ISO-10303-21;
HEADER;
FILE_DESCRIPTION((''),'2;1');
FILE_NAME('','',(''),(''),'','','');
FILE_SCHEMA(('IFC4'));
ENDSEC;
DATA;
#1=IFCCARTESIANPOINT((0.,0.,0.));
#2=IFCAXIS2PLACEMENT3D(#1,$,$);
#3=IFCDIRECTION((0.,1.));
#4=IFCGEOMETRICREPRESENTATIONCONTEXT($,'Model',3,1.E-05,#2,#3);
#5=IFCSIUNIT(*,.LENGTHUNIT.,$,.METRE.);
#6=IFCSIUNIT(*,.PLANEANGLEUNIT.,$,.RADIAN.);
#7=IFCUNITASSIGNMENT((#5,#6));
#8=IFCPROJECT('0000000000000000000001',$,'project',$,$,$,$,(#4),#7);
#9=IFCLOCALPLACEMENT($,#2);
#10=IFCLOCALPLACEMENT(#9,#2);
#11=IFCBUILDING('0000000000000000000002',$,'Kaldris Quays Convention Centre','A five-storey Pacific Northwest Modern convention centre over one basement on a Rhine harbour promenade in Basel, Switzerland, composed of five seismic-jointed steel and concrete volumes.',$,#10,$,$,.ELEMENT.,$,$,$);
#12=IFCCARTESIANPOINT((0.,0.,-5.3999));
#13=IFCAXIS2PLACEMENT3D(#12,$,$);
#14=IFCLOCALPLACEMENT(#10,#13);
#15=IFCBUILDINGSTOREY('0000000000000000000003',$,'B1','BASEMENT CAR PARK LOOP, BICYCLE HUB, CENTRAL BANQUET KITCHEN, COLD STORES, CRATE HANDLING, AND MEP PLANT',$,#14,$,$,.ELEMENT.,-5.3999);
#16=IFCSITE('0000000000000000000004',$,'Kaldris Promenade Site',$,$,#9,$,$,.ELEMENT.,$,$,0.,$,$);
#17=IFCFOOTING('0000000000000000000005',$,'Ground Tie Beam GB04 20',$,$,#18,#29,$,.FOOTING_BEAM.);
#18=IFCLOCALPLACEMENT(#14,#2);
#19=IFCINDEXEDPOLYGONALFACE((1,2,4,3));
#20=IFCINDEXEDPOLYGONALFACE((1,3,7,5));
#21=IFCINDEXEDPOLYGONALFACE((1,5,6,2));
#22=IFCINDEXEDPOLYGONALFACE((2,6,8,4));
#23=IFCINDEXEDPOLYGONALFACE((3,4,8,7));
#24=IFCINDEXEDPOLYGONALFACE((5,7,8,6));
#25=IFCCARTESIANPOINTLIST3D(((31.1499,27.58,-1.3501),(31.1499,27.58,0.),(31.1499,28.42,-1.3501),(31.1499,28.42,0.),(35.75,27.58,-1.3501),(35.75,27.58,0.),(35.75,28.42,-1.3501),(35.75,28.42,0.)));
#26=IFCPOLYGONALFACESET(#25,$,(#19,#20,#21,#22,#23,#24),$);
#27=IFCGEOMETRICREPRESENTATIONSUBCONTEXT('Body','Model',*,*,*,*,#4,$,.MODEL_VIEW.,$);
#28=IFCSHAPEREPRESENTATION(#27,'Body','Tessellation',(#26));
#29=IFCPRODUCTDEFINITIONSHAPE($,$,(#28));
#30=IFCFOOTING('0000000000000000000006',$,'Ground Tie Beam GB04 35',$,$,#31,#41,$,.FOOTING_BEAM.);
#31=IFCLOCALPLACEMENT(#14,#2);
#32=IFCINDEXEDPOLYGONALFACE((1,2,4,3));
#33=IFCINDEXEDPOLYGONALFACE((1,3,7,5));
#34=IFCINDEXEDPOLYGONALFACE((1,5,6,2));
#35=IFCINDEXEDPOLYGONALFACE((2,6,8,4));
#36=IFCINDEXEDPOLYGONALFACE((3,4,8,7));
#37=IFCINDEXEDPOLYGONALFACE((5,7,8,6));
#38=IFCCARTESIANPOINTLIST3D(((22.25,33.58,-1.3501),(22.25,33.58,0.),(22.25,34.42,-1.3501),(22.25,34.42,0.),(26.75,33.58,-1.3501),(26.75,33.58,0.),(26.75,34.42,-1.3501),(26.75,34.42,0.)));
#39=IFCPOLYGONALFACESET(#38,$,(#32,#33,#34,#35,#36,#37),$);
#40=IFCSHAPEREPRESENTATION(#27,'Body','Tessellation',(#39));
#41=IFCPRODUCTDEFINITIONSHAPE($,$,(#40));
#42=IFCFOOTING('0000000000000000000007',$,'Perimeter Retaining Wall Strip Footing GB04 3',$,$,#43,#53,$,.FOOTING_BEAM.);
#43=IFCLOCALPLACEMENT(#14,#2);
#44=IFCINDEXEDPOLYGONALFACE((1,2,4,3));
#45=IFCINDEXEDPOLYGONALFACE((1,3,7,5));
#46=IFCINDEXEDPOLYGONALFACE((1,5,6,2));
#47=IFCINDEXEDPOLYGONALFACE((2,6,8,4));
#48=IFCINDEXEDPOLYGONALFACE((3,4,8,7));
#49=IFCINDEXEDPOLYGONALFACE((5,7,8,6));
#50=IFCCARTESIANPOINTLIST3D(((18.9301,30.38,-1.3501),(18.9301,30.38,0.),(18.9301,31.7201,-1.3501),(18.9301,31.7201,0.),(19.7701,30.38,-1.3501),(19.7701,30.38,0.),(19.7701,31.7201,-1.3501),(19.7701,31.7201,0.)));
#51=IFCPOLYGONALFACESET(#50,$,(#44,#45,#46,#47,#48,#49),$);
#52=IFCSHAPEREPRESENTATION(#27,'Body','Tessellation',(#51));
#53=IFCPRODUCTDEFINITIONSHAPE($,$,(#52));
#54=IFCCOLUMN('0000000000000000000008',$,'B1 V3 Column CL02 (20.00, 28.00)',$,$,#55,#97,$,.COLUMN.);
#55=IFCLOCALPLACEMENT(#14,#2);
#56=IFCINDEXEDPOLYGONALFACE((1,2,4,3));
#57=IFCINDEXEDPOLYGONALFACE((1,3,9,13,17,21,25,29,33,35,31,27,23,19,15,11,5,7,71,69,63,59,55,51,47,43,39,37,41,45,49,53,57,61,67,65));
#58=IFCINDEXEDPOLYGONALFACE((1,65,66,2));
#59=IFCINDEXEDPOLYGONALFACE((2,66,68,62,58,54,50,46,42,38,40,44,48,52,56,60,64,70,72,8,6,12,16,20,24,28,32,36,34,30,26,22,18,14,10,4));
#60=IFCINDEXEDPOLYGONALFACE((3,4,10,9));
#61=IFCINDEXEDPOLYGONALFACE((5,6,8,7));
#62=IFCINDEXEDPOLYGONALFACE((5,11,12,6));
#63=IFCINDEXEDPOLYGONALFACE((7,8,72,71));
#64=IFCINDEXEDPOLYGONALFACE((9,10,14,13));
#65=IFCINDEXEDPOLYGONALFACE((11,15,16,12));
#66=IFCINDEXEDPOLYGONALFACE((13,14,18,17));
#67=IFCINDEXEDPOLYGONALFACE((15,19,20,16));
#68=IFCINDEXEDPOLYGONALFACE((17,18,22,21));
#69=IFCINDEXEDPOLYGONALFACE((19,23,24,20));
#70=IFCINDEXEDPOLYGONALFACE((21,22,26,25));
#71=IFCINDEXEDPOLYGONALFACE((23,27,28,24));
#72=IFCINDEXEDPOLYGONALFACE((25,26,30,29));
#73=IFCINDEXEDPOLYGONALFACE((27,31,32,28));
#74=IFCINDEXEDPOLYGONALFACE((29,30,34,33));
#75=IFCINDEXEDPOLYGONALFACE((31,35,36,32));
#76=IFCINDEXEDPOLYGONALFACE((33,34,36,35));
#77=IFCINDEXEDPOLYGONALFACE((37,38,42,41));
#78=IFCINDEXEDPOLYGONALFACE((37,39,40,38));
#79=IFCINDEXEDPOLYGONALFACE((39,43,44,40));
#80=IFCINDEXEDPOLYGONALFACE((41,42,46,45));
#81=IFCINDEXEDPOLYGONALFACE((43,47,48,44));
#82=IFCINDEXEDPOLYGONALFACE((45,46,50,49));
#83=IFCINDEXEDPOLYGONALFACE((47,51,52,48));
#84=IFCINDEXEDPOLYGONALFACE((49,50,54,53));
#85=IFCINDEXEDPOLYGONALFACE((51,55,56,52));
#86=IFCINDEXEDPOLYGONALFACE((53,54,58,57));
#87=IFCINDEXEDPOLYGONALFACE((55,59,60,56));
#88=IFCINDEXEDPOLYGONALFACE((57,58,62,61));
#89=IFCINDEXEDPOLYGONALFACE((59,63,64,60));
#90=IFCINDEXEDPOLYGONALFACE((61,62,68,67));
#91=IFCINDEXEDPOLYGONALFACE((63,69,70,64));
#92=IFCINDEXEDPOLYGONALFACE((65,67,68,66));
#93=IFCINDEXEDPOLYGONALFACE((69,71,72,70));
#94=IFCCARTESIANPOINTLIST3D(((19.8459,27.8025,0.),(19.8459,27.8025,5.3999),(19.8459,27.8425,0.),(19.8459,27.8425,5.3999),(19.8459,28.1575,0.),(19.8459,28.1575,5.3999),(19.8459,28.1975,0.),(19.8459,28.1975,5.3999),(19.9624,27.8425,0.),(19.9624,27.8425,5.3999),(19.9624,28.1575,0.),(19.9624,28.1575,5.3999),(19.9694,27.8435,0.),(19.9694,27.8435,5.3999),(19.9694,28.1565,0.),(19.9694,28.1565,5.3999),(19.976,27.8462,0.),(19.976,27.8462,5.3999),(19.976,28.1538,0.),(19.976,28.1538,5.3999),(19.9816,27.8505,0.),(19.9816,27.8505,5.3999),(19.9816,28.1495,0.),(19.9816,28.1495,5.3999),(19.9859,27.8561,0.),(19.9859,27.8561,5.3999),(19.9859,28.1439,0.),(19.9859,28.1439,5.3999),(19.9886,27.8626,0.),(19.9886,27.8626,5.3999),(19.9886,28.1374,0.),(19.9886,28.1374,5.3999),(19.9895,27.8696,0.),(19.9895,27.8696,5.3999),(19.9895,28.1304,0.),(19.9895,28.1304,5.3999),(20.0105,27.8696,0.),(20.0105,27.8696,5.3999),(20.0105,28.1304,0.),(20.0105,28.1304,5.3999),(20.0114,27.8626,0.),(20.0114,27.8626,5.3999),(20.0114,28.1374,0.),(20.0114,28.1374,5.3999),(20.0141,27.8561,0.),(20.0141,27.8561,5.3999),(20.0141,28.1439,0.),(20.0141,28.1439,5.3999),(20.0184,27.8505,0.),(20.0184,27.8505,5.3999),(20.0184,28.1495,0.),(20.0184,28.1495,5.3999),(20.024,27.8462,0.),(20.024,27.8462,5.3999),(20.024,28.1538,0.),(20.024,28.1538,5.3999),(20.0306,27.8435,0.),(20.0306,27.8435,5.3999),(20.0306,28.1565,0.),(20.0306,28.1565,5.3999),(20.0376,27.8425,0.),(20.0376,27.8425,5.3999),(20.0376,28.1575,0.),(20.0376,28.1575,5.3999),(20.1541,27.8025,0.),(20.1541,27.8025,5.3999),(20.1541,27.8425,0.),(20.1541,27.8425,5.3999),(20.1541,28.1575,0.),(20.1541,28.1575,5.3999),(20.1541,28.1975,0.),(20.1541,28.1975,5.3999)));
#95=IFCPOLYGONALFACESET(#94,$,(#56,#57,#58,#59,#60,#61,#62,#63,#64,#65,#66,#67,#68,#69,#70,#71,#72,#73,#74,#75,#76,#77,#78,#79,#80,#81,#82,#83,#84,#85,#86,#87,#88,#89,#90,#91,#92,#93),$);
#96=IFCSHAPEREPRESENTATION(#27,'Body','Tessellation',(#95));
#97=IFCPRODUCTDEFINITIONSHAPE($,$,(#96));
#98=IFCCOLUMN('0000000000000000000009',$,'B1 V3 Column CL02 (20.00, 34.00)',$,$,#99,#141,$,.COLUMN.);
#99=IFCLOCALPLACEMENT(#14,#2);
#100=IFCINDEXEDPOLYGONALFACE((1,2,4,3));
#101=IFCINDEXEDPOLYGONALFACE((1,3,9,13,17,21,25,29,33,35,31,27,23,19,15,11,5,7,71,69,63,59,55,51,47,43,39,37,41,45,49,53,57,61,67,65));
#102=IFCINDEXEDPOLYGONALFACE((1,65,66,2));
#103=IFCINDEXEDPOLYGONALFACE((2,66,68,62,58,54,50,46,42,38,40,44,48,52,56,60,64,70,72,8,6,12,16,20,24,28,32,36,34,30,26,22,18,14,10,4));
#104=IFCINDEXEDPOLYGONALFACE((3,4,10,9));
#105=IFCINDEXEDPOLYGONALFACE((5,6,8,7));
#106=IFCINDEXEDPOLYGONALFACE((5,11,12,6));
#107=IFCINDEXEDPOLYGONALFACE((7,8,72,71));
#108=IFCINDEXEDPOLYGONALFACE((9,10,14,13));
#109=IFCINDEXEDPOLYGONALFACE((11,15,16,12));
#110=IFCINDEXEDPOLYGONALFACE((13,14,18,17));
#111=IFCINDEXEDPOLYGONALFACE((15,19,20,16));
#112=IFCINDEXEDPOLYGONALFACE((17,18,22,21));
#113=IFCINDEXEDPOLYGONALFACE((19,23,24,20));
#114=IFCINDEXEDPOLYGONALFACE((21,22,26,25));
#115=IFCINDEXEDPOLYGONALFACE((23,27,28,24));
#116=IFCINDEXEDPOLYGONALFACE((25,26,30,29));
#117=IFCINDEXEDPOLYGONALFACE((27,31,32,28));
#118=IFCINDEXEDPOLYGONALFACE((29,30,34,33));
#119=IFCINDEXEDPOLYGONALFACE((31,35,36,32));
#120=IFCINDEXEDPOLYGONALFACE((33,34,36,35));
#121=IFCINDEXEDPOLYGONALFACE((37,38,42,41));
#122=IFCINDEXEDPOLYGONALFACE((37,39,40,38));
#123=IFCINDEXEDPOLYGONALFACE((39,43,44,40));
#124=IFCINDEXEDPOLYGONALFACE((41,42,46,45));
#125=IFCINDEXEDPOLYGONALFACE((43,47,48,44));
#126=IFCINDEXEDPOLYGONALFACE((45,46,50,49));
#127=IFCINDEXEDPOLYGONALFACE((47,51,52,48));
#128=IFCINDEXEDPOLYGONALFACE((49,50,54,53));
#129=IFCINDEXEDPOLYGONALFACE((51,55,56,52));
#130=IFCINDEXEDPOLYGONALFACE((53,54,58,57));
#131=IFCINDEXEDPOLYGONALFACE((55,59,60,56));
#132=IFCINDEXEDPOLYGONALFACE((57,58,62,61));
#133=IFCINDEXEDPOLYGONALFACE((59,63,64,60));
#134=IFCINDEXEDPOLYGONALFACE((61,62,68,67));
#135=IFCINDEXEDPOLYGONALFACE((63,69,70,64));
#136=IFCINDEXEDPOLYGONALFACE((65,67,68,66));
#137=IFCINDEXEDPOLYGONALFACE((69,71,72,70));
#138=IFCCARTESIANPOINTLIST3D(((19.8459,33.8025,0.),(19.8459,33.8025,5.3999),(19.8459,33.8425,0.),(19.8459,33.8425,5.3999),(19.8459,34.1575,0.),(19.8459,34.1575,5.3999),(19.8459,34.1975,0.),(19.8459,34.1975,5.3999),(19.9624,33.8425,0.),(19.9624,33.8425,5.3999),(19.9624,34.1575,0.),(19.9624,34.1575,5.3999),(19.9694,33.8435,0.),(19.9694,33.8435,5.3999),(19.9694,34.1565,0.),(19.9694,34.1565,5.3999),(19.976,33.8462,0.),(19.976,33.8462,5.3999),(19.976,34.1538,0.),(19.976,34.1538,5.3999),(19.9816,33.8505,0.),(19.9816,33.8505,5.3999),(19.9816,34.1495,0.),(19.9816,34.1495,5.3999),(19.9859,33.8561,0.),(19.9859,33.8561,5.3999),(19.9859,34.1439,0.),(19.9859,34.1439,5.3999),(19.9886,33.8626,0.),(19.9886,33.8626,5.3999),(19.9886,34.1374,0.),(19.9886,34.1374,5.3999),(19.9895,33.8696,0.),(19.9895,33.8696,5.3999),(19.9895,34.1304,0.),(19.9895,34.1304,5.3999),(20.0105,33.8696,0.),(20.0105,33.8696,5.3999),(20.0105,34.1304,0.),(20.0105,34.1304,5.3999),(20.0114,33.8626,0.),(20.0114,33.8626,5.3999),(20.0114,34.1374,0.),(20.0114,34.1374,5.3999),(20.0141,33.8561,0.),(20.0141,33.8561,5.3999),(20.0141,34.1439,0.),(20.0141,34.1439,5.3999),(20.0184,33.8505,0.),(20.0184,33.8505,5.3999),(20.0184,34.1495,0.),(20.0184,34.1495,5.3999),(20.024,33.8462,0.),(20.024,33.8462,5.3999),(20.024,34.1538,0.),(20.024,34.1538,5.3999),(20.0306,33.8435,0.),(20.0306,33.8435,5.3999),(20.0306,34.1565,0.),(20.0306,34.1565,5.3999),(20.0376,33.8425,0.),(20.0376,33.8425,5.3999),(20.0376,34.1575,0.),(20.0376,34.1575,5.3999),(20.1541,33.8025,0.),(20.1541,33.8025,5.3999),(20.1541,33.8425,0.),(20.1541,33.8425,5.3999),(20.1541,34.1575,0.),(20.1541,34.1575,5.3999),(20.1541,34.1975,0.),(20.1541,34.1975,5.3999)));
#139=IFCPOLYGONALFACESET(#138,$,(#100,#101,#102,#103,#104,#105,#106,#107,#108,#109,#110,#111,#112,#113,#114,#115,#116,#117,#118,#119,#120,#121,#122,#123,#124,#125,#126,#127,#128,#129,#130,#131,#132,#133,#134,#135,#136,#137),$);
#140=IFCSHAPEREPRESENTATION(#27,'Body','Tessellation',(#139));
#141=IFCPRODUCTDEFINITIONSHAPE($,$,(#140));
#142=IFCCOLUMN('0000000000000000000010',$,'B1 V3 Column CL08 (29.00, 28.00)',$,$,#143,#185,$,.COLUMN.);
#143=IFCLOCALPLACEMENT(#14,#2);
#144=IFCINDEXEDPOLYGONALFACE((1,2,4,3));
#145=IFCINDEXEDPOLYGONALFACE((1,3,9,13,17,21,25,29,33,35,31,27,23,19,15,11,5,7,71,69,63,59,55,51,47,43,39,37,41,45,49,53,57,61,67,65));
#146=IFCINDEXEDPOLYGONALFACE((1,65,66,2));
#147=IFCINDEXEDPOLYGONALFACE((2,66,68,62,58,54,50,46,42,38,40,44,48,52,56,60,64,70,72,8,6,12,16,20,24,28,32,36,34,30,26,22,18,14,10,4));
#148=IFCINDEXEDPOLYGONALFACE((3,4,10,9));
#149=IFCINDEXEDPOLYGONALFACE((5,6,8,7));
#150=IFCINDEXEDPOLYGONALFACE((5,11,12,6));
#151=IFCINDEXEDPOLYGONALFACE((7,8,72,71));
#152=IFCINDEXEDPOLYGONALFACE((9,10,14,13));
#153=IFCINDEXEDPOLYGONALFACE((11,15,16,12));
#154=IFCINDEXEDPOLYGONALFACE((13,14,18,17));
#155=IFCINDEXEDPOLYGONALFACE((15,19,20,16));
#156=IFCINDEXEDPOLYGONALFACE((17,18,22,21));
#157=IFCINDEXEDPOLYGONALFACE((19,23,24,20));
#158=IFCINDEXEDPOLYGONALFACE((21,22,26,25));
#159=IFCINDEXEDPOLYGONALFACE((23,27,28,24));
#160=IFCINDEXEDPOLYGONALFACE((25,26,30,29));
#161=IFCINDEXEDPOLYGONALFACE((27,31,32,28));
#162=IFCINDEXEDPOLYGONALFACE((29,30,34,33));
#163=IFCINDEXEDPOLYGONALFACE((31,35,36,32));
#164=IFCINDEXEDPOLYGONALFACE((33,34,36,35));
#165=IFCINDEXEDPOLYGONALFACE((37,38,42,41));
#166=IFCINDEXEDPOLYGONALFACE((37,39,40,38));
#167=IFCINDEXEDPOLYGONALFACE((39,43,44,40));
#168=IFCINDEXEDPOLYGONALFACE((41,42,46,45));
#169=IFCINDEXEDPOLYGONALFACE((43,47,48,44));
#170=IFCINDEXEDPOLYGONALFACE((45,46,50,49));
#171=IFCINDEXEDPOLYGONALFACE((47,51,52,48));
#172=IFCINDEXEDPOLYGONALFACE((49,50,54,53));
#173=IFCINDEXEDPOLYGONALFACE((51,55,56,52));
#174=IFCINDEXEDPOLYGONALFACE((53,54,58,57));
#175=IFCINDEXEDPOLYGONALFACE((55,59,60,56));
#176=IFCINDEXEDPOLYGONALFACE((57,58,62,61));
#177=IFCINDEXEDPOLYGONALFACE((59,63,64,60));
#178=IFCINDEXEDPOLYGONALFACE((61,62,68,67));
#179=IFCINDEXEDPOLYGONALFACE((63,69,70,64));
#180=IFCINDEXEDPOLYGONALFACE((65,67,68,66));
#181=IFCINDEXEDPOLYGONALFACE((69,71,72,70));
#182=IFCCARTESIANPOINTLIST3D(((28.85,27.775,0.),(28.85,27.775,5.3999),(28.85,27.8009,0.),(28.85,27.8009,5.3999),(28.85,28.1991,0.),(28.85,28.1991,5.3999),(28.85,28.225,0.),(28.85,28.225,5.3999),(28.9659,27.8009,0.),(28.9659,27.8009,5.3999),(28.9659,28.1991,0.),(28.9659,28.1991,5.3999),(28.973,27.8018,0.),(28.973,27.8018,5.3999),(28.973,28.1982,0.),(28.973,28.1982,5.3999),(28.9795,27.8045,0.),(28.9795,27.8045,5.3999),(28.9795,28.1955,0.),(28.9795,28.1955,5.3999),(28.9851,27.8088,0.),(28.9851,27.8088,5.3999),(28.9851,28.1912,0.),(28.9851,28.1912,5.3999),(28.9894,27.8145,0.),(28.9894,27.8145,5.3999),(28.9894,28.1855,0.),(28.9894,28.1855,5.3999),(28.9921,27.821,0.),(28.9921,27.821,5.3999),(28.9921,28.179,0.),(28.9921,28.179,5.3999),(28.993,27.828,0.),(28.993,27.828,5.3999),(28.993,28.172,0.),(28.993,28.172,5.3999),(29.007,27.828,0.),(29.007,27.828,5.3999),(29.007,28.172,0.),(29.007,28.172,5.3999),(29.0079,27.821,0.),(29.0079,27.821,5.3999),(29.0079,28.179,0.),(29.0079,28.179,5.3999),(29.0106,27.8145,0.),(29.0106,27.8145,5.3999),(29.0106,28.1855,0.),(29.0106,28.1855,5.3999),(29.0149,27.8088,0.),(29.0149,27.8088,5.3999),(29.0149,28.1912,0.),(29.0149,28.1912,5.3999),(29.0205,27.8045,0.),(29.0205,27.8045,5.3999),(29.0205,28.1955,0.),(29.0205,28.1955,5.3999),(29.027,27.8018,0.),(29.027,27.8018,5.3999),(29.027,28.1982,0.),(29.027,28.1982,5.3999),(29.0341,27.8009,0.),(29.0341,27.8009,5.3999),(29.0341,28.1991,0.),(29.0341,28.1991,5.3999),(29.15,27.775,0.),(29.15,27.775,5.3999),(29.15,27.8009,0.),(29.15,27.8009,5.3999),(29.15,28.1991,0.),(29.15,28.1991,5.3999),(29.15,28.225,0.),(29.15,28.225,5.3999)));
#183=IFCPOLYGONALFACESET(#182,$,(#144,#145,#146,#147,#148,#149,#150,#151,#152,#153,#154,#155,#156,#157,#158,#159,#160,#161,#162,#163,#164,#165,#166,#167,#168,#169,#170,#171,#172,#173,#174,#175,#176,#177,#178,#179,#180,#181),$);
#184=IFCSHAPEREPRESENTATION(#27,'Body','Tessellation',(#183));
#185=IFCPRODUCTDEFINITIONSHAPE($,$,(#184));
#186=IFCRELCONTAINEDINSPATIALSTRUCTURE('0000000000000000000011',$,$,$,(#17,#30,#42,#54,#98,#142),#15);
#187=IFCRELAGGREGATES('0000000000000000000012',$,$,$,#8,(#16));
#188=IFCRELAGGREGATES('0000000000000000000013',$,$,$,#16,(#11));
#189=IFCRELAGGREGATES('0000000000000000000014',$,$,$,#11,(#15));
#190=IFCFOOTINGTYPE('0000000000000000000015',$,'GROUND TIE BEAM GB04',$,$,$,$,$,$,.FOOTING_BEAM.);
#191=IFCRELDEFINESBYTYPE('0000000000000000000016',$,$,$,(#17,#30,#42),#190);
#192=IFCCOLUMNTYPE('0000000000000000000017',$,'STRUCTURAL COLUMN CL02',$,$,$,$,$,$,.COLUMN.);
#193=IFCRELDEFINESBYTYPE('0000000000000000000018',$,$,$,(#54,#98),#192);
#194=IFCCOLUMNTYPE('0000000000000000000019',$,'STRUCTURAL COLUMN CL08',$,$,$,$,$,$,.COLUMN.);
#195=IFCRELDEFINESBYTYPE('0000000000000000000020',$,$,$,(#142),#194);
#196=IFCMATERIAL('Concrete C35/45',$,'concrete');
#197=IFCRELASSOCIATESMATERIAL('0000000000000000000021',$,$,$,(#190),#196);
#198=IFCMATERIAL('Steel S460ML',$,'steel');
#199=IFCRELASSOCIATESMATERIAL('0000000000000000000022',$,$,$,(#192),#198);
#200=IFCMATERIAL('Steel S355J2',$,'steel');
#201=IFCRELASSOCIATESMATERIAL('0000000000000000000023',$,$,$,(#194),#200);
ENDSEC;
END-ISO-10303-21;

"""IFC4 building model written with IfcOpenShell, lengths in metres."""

from ifc_helpers import new_model, si_unit, direction, frame, origin, origin_2d, place, context, subcontext, project, spatial, rectangle, i_section, extrude, material, material_profile, profile_set, type_object, element, save


model = new_model("IFC4")

# Units and contexts
model_context = context("Model", 3, precision=1e-05, world=origin(), true_north=direction((0.0, 1.0)))
body_context = subcontext(model_context, "Body", "Model", "MODEL_VIEW")
ifc_project = project(units=[si_unit("LENGTHUNIT", "METRE"), si_unit("PLANEANGLEUNIT", "RADIAN")], contexts=[model_context])

# Site, building, storey
site_placement = place(None, origin())
site = spatial("IfcSite", under=ifc_project, at=site_placement, Name="Kaldris Promenade Site", CompositionType="ELEMENT", RefElevation=0.0)
building_placement = place(site_placement, origin())
building = spatial("IfcBuilding", under=site, at=building_placement, Name="Kaldris Quays Convention Centre", Description="A five-storey Pacific Northwest Modern convention centre over one basement on a Rhine harbour promenade in Basel, Switzerland, composed of five seismic-jointed steel and concrete volumes.", CompositionType="ELEMENT")
storey_placement = place(building_placement, frame((0.0, 0.0, -5.3999)))
storey = spatial("IfcBuildingStorey", under=building, at=storey_placement, Name="B1", Description="BASEMENT CAR PARK LOOP, BICYCLE HUB, CENTRAL BANQUET KITCHEN, COLD STORES, CRATE HANDLING, AND MEP PLANT", CompositionType="ELEMENT", Elevation=-5.3999)

# Shared definitions
ifc_material_1 = material(Name="Concrete C35/45", Category="concrete")

# Footings
footing_type_1 = type_object("IfcFootingType", Name="GROUND TIE BEAM GB04", PredefinedType="FOOTING_BEAM", material=ifc_material_1)
footing_1_placement = place(storey_placement, frame((33.45, 28.0, -1.3501), z_axis=(0.0, 0.0, 1.0), x_axis=(1.0, 0.0, 0.0)))
element("IfcFooting", 1, at=footing_1_placement, inside=storey, type_object=footing_type_1, Name="Ground Tie Beam GB04 20", PredefinedType="FOOTING_BEAM", context=body_context, shape_type="SweptSolid", body=[
    extrude(rectangle(XDim=4.6001, YDim=0.8401, at=origin_2d()), origin(), (0.0, 0.0, 1.0), 1.3501),
])
footing_2_placement = place(storey_placement, frame((24.5, 34.0, -1.3501), z_axis=(0.0, 0.0, 1.0), x_axis=(1.0, 0.0, 0.0)))
element("IfcFooting", 2, at=footing_2_placement, inside=storey, type_object=footing_type_1, Name="Ground Tie Beam GB04 35", PredefinedType="FOOTING_BEAM", context=body_context, shape_type="SweptSolid", body=[
    extrude(rectangle(XDim=4.5, YDim=0.8401, at=origin_2d()), origin(), (0.0, 0.0, 1.0), 1.3501),
])
footing_3_placement = place(storey_placement, frame((19.3501, 31.05, -1.3501), z_axis=(0.0, 0.0, 1.0), x_axis=(1.0, 0.0, 0.0)))
element("IfcFooting", 3, at=footing_3_placement, inside=storey, type_object=footing_type_1, Name="Perimeter Retaining Wall Strip Footing GB04 3", PredefinedType="FOOTING_BEAM", context=body_context, shape_type="SweptSolid", body=[
    extrude(rectangle(XDim=0.8401, YDim=1.3401, at=origin_2d()), origin(), (0.0, 0.0, 1.0), 1.3501),
])

# Columns
ifc_material_2 = material(Name="Steel S460ML", Category="steel")
ifc_material_profile_1 = material_profile(ifc_material_2, i_section(OverallWidth=0.3081, OverallDepth=0.395, WebThickness=0.021, FlangeThickness=0.04, FilletRadius=0.0271, at=origin_2d()), Name="HEM 360")
ifc_profile_set_1 = profile_set([ifc_material_profile_1], Name="Steel S460ML")
column_type_1 = type_object("IfcColumnType", Name="STRUCTURAL COLUMN CL02", PredefinedType="COLUMN", material=ifc_profile_set_1)
for number, where, z_axis, x_axis, name in (
    (4, (20.0, 28.0, 0.0), (0.0, 0.0, 1.0), (1.0, 0.0, 0.0), "B1 V3 Column CL02 (20.00, 28.00)"),
    (5, (20.0, 34.0, 0.0), (0.0, 0.0, 1.0), (1.0, 0.0, 0.0), "B1 V3 Column CL02 (20.00, 34.00)"),
):
    element("IfcColumn", number, at=place(storey_placement, frame(where, z_axis=z_axis, x_axis=x_axis)), inside=storey, type_object=column_type_1, Name=name, PredefinedType="COLUMN", context=body_context, shape_type="SweptSolid", body=[
        extrude(i_section(OverallWidth=0.3081, OverallDepth=0.395, WebThickness=0.021, FlangeThickness=0.04, FilletRadius=0.0271, at=origin_2d()), origin(), (0.0, 0.0, 1.0), 5.3999),
    ])
ifc_material_3 = material(Name="Steel S355J2", Category="steel")
ifc_material_profile_2 = material_profile(ifc_material_3, i_section(OverallWidth=0.3, OverallDepth=0.45, WebThickness=0.0139, FlangeThickness=0.0259, FilletRadius=0.0271, at=origin_2d()), Name="HEB 450")
ifc_profile_set_2 = profile_set([ifc_material_profile_2], Name="Steel S355J2")
column_type_2 = type_object("IfcColumnType", Name="STRUCTURAL COLUMN CL08", PredefinedType="COLUMN", material=ifc_profile_set_2)
for number, where, z_axis, x_axis, name in (
    (6, (29.0, 28.0, 0.0), (0.0, 0.0, 1.0), (1.0, 0.0, 0.0), "B1 V3 Column CL08 (29.00, 28.00)"),
):
    element("IfcColumn", number, at=place(storey_placement, frame(where, z_axis=z_axis, x_axis=x_axis)), inside=storey, type_object=column_type_2, Name=name, PredefinedType="COLUMN", context=body_context, shape_type="SweptSolid", body=[
        extrude(i_section(OverallWidth=0.3, OverallDepth=0.45, WebThickness=0.0139, FlangeThickness=0.0259, FilletRadius=0.0271, at=origin_2d()), origin(), (0.0, 0.0, 1.0), 5.3999),
    ])

save(model, "model.ifc")
